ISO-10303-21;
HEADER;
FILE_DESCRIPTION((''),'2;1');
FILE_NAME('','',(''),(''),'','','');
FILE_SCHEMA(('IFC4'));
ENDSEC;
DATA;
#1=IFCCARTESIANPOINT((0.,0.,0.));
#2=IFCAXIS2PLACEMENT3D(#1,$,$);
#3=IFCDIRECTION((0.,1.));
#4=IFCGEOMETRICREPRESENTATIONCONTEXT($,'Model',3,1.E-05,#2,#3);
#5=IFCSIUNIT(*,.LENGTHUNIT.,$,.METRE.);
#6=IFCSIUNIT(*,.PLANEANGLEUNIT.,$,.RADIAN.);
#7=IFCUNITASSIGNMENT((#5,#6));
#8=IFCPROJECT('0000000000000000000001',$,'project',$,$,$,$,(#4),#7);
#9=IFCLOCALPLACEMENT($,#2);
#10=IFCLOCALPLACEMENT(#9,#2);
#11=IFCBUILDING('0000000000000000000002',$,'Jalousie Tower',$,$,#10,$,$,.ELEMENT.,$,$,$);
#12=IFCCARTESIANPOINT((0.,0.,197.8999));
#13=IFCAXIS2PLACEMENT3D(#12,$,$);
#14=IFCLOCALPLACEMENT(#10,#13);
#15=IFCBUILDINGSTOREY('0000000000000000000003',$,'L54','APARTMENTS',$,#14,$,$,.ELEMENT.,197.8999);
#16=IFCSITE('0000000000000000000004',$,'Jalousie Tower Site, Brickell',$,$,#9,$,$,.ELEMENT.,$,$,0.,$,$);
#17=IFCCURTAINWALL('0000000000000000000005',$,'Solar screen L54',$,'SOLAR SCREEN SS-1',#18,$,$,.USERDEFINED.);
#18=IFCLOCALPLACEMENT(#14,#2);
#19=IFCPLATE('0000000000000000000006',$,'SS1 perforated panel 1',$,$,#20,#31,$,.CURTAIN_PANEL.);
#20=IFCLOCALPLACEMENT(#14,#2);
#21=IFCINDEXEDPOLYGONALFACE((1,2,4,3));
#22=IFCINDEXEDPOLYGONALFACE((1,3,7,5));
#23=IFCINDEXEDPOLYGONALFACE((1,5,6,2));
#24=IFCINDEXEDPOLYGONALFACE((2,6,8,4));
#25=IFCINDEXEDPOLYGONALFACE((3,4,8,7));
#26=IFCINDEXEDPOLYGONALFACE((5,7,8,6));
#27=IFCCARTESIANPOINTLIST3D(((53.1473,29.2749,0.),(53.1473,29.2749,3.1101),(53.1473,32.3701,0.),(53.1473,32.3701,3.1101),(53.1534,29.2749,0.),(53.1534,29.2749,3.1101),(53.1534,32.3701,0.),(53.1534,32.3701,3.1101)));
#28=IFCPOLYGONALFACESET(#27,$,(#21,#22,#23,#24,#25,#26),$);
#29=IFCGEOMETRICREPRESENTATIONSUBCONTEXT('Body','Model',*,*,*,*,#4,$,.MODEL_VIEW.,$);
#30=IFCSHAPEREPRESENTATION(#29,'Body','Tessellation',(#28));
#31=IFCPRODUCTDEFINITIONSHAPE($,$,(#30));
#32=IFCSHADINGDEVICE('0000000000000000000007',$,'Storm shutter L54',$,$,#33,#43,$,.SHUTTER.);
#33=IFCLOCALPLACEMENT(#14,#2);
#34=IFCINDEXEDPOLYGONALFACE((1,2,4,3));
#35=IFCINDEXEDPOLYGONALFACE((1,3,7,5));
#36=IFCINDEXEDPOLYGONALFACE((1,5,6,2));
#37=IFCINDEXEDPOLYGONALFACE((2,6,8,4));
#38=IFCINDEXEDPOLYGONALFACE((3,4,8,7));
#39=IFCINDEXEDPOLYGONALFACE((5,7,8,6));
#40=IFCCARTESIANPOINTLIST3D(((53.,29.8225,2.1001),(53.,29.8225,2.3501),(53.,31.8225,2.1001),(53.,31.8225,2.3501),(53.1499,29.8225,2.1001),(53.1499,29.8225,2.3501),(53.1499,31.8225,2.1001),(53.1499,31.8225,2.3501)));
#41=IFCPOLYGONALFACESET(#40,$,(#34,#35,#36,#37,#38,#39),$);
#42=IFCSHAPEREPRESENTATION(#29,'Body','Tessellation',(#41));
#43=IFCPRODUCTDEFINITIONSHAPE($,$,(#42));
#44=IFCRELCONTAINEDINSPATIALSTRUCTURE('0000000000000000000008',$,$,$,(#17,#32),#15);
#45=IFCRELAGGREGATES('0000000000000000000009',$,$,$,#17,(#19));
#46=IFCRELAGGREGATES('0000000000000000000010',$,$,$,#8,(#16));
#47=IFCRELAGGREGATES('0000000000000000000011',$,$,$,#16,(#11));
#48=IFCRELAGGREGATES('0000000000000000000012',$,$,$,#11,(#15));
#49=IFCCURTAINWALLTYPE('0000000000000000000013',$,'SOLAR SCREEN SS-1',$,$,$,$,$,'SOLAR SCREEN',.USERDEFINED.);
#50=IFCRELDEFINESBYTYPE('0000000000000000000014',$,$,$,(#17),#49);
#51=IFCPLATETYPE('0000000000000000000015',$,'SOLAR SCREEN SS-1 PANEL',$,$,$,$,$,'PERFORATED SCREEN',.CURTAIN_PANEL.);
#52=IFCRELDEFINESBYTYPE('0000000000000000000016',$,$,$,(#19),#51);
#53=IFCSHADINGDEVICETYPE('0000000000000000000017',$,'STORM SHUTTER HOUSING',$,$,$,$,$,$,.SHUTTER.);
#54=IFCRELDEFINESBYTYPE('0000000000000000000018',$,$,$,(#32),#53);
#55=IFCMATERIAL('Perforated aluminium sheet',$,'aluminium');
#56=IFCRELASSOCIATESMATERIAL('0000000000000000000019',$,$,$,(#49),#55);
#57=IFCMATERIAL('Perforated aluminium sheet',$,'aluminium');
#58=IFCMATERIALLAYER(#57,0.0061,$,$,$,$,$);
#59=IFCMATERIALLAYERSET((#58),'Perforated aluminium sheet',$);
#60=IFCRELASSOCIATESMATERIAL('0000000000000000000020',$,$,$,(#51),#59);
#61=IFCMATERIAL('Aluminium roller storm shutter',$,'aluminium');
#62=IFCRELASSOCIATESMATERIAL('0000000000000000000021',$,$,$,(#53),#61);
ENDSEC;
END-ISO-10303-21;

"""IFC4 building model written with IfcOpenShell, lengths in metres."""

from ifc_helpers import new_model, si_unit, direction, frame, origin, origin_2d, place, context, subcontext, project, spatial, rectangle, extrude, material, layer, layer_set, type_object, element, aggregate, save


model = new_model("IFC4")

# Units and contexts
model_context = context("Model", 3, precision=1e-05, world=origin(), true_north=direction((0.0, 1.0)))
body_context = subcontext(model_context, "Body", "Model", "MODEL_VIEW")
ifc_project = project(units=[si_unit("LENGTHUNIT", "METRE"), si_unit("PLANEANGLEUNIT", "RADIAN")], contexts=[model_context])

# Site, building, storey
site_placement = place(None, origin())
site = spatial("IfcSite", under=ifc_project, at=site_placement, Name="Jalousie Tower Site, Brickell", CompositionType="ELEMENT", RefElevation=0.0)
building_placement = place(site_placement, origin())
building = spatial("IfcBuilding", under=site, at=building_placement, Name="Jalousie Tower", CompositionType="ELEMENT")
storey_placement = place(building_placement, frame((0.0, 0.0, 197.8999)))
storey = spatial("IfcBuildingStorey", under=building, at=storey_placement, Name="L54", Description="APARTMENTS", CompositionType="ELEMENT", Elevation=197.8999)

# Curtain wall
ifc_material_1 = material(Name="Perforated aluminium sheet", Category="aluminium")
curtain_wall_type_1 = type_object("IfcCurtainWallType", Name="SOLAR SCREEN SS-1", ElementType="SOLAR SCREEN", PredefinedType="USERDEFINED", material=ifc_material_1)
curtain_wall_1_placement = place(storey_placement, origin())
curtain_wall_1 = element("IfcCurtainWall", 1, at=curtain_wall_1_placement, inside=storey, type_object=curtain_wall_type_1, Name="Solar screen L54", ObjectType="SOLAR SCREEN SS-1", PredefinedType="USERDEFINED")

# Plate
ifc_material_2 = material(Name="Perforated aluminium sheet", Category="aluminium")
ifc_layer_1 = layer(ifc_material_2, 0.0061)
ifc_layer_set_1 = layer_set([ifc_layer_1], Name="Perforated aluminium sheet")
plate_type_1 = type_object("IfcPlateType", Name="SOLAR SCREEN SS-1 PANEL", ElementType="PERFORATED SCREEN", PredefinedType="CURTAIN_PANEL", material=ifc_layer_set_1)
plate_1_placement = place(storey_placement, frame((53.1504, 30.8225, 0.0), z_axis=(0.0, 0.0, 1.0), x_axis=(0.0, 1.0, 0.0)))
plate_1 = element("IfcPlate", 2, at=plate_1_placement, type_object=plate_type_1, Name="SS1 perforated panel 1", PredefinedType="CURTAIN_PANEL", context=body_context, shape_type="SweptSolid", body=[
    extrude(rectangle(XDim=3.0952, YDim=0.0061, at=origin_2d()), origin(), (0.0, 0.0, 1.0), 3.1101),
])
aggregate(curtain_wall_1, [plate_1])

# Shading device
ifc_material_3 = material(Name="Aluminium roller storm shutter", Category="aluminium")
shading_device_type = type_object("IfcShadingDeviceType", Name="STORM SHUTTER HOUSING", PredefinedType="SHUTTER", material=ifc_material_3)
shading_device_placement = place(storey_placement, frame((53.075, 30.8225, 2.1001), z_axis=(0.0, 0.0, 1.0), x_axis=(0.0, 1.0, 0.0)))
element("IfcShadingDevice", 3, at=shading_device_placement, inside=storey, type_object=shading_device_type, Name="Storm shutter L54", PredefinedType="SHUTTER", context=body_context, shape_type="SweptSolid", body=[
    extrude(rectangle(XDim=2.0, YDim=0.1499, at=origin_2d()), origin(), (0.0, 0.0, 1.0), 0.25),
])

save(model, "model.ifc")
